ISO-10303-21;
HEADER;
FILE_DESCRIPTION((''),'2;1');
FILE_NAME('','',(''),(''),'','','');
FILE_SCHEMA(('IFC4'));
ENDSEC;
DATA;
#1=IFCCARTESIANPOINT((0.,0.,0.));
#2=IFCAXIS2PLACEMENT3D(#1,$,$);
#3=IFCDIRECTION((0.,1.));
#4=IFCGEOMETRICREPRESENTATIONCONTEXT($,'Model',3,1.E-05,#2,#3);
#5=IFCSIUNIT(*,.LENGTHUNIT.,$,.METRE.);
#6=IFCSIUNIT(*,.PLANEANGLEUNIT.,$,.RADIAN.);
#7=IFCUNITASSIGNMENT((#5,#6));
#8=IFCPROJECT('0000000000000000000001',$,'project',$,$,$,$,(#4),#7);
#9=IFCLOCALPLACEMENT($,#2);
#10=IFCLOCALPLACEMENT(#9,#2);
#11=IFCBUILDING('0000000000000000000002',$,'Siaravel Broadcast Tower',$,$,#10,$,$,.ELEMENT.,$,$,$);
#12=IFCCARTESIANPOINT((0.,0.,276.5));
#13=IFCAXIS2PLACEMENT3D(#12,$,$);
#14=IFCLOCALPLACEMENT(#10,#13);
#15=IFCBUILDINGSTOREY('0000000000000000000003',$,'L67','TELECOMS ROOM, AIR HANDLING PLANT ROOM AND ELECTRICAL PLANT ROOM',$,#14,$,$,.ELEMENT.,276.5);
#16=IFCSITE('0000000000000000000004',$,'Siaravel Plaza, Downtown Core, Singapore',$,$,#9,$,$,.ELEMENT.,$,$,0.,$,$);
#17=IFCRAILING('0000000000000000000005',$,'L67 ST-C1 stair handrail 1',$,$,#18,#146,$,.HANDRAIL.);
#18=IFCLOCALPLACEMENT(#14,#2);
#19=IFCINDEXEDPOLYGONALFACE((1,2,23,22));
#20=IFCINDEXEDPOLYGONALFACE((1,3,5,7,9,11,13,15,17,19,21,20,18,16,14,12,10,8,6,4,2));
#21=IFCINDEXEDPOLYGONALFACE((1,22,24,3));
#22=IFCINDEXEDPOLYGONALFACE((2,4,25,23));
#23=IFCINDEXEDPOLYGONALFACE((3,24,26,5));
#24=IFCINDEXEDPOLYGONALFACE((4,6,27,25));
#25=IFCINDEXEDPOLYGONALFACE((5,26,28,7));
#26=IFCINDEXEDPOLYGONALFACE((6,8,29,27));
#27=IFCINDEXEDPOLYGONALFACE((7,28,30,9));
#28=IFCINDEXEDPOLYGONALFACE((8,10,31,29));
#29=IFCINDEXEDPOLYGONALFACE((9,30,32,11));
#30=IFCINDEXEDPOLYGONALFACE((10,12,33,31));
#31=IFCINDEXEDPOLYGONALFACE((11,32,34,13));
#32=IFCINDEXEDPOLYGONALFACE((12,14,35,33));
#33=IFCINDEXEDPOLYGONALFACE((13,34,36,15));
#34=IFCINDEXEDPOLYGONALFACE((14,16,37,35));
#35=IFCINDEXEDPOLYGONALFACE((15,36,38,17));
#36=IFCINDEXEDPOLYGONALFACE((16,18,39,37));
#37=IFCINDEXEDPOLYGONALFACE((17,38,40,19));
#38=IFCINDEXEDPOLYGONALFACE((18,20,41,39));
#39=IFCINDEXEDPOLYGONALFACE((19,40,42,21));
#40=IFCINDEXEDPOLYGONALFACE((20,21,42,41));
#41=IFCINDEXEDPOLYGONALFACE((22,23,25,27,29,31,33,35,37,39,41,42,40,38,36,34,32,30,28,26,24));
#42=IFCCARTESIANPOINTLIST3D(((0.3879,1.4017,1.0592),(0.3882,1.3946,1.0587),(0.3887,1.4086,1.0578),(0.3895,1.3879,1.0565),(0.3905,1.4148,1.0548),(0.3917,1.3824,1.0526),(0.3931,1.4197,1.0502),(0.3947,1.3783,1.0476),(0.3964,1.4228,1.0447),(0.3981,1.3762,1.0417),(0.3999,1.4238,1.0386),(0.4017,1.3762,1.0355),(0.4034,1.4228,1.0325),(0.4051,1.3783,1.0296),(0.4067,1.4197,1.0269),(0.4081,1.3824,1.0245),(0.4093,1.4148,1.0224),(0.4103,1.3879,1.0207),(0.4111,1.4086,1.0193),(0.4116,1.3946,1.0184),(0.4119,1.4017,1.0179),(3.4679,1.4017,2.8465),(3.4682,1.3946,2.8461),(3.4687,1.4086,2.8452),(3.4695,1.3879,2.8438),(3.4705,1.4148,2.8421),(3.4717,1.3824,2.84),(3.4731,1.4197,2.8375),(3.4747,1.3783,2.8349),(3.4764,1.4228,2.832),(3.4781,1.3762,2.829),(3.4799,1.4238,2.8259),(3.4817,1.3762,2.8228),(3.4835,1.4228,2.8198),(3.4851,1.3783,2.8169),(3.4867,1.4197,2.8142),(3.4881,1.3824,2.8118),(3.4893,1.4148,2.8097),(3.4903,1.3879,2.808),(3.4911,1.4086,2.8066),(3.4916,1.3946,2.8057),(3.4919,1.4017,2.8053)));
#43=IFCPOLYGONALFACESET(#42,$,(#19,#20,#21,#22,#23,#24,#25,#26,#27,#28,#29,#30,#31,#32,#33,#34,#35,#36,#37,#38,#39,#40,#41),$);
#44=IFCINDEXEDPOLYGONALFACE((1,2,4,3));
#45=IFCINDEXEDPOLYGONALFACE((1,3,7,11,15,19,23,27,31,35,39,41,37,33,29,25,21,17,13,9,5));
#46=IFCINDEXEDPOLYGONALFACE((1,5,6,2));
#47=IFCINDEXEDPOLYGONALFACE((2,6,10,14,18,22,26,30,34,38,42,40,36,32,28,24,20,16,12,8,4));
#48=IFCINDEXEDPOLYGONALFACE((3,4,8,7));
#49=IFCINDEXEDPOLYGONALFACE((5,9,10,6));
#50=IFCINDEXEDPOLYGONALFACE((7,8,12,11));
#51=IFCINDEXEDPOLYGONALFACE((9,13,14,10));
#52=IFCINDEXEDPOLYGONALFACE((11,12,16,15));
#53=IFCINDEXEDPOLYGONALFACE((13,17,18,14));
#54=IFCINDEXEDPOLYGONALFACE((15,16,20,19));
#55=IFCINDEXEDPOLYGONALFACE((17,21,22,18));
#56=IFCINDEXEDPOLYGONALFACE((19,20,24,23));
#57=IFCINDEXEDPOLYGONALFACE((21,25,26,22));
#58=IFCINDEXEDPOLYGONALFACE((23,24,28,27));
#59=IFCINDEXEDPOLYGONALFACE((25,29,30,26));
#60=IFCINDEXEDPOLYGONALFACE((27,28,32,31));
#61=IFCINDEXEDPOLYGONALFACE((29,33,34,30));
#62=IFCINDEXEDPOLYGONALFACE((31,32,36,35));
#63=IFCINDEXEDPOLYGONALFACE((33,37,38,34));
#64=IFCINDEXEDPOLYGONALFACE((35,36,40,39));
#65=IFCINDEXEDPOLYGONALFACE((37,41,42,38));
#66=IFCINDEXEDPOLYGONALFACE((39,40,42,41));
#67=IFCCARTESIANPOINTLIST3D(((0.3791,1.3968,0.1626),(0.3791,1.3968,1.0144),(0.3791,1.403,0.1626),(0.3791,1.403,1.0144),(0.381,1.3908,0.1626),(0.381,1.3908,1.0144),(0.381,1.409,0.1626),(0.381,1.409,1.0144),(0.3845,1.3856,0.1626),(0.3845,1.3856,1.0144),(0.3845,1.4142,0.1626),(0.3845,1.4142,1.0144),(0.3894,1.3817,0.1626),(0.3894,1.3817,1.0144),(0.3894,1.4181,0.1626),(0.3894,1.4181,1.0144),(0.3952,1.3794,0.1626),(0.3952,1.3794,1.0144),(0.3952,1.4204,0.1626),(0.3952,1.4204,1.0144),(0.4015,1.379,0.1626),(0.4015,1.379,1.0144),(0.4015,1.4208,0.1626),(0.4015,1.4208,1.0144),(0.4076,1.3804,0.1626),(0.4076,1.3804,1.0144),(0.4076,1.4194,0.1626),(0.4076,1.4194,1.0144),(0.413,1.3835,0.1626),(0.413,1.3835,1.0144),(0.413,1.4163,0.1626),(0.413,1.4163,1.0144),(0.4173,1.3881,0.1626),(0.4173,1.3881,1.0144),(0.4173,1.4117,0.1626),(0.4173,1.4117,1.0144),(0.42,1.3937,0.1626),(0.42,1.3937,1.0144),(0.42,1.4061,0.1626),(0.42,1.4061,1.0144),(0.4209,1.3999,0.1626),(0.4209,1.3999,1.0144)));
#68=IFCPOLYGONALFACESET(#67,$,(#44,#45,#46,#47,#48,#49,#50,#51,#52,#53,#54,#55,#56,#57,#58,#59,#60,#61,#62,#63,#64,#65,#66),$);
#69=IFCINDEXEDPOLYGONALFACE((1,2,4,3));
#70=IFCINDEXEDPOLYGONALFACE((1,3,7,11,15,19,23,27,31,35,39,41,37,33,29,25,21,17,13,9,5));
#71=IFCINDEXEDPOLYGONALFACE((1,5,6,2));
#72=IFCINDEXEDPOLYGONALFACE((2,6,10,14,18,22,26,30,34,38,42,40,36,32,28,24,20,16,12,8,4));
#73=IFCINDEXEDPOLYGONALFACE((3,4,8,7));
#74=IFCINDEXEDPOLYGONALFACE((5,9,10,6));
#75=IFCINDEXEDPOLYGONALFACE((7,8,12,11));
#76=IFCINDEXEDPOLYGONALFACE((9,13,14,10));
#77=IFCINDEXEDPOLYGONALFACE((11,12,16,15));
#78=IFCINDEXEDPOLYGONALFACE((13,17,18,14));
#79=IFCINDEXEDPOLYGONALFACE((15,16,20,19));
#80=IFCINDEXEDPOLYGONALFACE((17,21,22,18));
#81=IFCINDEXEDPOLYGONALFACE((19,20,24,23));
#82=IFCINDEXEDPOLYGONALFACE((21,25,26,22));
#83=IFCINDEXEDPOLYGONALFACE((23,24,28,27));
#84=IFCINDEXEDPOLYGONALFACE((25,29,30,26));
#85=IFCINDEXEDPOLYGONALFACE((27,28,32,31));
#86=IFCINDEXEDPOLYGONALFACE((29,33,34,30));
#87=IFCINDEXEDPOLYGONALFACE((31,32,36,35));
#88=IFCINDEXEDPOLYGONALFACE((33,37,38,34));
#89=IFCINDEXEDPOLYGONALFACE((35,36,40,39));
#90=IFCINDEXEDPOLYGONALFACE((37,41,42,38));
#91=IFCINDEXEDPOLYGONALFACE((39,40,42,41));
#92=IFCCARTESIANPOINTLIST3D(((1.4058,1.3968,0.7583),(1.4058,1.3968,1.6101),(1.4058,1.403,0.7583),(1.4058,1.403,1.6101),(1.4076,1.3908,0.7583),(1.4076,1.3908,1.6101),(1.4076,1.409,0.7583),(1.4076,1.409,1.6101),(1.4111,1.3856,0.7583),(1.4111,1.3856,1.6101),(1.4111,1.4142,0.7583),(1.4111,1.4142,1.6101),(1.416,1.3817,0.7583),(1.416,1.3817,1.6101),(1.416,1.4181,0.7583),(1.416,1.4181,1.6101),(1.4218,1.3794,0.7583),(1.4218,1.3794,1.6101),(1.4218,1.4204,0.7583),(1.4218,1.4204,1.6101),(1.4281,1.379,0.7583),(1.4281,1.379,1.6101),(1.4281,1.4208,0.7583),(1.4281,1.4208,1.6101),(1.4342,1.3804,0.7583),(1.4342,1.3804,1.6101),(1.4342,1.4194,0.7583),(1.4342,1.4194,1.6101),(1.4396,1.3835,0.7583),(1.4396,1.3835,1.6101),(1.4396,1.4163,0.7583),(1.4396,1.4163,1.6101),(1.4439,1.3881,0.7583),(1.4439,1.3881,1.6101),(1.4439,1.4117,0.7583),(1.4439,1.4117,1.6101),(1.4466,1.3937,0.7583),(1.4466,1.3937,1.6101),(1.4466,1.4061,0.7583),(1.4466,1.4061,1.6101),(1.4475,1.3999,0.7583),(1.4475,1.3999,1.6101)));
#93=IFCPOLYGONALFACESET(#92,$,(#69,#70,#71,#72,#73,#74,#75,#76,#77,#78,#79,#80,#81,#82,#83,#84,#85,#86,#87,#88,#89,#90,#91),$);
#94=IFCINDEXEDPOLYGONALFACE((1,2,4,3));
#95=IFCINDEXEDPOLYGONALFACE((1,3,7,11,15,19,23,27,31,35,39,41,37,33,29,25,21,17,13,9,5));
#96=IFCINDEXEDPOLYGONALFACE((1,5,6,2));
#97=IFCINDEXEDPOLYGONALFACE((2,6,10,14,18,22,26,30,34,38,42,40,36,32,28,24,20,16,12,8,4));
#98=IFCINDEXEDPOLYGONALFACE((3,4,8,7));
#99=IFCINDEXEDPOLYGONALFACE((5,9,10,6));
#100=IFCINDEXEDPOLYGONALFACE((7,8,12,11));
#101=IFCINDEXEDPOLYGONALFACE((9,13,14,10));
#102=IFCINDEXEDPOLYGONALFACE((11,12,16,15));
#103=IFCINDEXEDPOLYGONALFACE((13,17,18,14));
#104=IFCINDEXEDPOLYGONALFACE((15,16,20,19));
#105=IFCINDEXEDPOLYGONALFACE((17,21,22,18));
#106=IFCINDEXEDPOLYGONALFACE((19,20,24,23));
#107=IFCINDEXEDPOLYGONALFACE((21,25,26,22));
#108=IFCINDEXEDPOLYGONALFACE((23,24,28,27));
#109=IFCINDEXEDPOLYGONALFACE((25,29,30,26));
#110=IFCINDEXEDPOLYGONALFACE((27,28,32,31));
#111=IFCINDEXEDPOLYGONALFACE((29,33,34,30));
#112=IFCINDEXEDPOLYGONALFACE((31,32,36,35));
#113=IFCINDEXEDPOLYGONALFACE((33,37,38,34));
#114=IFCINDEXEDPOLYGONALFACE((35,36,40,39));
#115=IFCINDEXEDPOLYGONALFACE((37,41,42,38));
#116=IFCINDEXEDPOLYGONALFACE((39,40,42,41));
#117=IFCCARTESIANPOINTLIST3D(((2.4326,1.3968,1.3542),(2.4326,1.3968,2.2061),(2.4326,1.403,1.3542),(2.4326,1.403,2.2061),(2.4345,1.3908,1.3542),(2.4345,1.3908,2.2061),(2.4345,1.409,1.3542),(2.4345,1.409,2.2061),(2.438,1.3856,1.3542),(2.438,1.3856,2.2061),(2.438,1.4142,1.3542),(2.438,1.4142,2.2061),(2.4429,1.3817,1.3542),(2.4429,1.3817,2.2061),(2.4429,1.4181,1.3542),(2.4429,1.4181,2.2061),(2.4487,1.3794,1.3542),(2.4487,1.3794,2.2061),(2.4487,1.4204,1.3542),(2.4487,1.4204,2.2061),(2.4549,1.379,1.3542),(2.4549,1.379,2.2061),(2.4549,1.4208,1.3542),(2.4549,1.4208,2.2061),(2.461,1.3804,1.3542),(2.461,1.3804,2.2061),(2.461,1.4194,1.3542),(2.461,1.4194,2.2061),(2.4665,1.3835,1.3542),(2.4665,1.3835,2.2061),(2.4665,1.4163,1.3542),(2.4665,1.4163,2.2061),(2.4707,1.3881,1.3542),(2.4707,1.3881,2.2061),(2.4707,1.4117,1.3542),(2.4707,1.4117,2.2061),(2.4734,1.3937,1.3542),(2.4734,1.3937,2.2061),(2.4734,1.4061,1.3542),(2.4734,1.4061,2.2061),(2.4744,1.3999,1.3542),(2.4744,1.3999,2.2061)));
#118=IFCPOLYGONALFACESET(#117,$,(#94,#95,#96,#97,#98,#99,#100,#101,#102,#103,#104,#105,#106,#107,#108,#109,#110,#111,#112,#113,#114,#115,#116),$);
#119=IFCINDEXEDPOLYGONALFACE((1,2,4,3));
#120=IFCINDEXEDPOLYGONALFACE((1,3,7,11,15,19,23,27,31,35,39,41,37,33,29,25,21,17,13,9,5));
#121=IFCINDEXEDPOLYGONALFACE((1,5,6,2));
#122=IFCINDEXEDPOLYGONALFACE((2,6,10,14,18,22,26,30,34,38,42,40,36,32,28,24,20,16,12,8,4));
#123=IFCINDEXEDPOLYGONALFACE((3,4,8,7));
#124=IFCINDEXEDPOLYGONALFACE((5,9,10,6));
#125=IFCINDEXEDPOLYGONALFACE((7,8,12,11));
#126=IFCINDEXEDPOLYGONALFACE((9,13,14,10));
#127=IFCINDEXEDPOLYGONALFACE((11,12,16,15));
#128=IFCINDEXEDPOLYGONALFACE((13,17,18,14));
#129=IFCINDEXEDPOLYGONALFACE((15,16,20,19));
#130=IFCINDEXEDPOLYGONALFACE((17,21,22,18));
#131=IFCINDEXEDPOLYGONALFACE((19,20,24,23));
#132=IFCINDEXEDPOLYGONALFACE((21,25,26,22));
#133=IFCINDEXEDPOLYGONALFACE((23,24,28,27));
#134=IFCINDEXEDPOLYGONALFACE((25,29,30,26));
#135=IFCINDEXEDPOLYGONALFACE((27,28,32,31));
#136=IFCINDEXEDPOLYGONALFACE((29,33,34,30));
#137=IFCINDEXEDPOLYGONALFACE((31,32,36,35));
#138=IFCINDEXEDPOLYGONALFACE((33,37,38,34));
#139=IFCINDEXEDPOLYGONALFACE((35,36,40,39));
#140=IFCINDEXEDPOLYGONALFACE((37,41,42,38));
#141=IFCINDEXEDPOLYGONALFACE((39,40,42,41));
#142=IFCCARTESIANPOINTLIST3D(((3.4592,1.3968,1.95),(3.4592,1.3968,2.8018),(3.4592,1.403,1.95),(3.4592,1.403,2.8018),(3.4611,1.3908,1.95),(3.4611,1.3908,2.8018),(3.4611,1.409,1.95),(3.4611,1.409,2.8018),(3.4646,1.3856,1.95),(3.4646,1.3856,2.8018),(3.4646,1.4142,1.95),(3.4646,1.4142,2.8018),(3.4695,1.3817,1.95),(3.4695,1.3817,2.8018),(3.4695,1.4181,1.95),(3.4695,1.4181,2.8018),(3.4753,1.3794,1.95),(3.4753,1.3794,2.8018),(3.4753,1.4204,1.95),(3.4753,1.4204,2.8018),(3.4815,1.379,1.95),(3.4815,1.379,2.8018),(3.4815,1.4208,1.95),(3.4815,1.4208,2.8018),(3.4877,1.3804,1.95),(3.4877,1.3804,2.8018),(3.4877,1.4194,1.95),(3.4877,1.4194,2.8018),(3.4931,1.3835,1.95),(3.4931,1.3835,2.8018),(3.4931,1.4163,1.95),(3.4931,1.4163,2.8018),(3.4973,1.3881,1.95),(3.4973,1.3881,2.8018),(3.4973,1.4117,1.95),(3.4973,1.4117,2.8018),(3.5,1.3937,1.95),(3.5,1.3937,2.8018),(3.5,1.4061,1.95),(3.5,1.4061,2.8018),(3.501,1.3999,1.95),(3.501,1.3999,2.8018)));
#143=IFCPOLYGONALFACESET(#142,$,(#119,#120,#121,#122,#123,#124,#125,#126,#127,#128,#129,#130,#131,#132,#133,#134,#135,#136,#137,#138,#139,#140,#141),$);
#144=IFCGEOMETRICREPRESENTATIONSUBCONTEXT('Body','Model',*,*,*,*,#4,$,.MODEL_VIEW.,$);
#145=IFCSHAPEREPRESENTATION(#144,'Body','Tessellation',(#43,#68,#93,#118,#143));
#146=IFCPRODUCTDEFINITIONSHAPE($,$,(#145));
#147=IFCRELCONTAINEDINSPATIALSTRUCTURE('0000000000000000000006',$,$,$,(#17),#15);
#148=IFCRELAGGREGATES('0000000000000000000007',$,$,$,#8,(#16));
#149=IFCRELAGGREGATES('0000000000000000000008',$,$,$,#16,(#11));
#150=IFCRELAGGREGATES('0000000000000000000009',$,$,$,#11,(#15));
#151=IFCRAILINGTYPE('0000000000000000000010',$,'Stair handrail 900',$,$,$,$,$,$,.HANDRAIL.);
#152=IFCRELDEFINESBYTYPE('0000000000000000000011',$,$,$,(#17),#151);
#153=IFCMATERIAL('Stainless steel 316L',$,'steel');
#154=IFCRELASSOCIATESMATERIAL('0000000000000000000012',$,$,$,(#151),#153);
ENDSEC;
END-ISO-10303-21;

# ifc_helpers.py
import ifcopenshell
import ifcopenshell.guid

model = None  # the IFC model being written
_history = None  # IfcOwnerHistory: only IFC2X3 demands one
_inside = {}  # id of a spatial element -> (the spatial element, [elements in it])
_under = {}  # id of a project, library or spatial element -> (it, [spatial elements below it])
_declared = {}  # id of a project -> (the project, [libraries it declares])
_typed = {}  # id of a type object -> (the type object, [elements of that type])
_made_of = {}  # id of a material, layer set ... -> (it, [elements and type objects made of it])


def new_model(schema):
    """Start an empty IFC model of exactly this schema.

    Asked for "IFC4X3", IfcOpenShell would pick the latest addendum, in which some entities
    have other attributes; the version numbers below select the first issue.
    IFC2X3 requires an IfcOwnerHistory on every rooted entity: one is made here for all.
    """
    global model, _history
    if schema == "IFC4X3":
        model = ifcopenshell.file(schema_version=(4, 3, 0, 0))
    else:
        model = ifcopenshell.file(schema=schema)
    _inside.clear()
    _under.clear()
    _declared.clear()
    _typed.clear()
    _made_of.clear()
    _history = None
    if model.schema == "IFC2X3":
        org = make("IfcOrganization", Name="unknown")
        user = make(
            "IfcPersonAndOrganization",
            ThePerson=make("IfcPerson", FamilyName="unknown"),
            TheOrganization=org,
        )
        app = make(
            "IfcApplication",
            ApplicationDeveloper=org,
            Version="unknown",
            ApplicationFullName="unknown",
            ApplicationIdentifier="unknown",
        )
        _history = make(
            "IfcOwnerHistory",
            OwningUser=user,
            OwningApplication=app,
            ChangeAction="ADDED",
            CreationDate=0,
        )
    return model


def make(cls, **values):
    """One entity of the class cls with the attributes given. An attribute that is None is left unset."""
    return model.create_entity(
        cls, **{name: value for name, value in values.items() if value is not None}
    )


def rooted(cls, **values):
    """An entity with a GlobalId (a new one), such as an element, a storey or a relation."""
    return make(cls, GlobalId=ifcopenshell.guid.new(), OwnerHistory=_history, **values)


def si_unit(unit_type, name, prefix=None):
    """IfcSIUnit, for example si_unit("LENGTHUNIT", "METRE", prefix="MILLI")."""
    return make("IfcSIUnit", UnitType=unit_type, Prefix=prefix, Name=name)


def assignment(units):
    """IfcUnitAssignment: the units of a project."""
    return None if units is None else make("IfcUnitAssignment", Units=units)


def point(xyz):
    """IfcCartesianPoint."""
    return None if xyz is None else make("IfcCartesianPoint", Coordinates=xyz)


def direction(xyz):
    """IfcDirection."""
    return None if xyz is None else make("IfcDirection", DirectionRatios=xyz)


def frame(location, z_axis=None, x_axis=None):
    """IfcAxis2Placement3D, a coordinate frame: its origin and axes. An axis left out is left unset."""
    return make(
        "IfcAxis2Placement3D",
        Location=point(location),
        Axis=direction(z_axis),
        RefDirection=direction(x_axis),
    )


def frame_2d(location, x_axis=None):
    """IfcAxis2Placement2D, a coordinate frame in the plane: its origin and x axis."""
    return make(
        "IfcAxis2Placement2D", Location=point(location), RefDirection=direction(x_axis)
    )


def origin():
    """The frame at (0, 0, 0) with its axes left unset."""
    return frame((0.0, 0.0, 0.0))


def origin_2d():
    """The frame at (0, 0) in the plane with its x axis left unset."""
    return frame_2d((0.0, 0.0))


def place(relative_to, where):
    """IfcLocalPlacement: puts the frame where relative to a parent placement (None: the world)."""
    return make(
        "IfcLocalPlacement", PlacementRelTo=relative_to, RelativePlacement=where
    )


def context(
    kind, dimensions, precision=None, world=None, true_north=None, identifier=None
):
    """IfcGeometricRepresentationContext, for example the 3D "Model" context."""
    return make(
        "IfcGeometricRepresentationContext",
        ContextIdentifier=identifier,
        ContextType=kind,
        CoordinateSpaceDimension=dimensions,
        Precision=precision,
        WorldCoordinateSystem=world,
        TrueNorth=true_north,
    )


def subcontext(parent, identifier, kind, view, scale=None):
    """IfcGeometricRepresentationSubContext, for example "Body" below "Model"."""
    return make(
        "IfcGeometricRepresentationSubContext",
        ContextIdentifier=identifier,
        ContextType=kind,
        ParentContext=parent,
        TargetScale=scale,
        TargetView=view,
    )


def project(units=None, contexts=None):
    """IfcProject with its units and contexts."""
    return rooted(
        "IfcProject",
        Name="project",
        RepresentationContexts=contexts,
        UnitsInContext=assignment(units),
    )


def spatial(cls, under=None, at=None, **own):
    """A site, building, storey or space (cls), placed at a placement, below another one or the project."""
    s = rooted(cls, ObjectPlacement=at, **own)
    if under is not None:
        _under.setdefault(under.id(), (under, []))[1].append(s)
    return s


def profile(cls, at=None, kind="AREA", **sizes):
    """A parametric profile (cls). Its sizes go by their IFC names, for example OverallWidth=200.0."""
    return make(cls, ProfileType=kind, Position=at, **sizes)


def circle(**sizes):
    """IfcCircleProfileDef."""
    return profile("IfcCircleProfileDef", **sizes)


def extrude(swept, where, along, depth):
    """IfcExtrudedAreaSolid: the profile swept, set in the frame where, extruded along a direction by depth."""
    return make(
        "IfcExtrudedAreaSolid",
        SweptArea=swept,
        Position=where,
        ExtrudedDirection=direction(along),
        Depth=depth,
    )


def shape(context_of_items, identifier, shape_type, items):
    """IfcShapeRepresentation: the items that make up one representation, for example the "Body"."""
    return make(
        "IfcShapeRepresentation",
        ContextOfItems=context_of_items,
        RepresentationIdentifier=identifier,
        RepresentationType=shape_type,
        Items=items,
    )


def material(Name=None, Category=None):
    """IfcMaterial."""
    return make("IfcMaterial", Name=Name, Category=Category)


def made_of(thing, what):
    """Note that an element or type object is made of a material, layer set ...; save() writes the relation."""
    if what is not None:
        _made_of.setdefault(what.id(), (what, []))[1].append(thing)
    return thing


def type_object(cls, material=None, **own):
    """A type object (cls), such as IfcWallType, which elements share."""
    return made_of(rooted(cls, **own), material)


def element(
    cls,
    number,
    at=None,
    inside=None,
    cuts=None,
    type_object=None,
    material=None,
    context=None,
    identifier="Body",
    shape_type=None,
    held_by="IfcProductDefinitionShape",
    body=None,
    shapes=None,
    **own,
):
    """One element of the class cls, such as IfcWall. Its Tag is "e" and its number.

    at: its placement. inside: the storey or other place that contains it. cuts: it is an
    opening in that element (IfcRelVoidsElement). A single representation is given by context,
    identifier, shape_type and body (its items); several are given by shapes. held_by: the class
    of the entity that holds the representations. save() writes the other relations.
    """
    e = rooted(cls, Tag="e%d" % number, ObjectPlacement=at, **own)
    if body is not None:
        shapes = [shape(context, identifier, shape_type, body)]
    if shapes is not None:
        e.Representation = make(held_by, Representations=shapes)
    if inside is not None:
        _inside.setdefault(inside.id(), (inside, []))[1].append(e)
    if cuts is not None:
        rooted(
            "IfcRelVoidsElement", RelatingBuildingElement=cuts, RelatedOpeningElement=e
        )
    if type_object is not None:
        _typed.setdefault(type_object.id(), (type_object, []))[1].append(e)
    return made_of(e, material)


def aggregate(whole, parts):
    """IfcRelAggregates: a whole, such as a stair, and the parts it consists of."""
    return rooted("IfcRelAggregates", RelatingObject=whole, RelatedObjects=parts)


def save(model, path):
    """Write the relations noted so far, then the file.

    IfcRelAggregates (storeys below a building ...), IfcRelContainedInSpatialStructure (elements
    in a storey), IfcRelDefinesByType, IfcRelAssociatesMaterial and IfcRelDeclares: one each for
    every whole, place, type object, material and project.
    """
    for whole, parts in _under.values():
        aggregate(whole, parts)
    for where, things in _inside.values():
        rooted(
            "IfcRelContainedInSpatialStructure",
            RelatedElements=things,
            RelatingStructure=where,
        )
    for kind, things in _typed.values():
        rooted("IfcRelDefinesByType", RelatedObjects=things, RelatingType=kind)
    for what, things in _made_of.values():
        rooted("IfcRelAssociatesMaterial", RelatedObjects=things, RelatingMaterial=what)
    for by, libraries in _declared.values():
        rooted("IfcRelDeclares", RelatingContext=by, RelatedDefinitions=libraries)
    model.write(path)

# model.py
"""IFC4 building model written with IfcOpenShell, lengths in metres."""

from ifc_helpers import new_model, si_unit, direction, frame, origin, origin_2d, place, context, subcontext, project, spatial, circle, extrude, material, type_object, element, save


model = new_model("IFC4")

# Units and contexts
model_context = context("Model", 3, precision=1e-05, world=origin(), true_north=direction((0.0, 1.0)))
body_context = subcontext(model_context, "Body", "Model", "MODEL_VIEW")
ifc_project = project(units=[si_unit("LENGTHUNIT", "METRE"), si_unit("PLANEANGLEUNIT", "RADIAN")], contexts=[model_context])

# Site, building, storey
site_placement = place(None, origin())
site = spatial("IfcSite", under=ifc_project, at=site_placement, Name="Siaravel Plaza, Downtown Core, Singapore", CompositionType="ELEMENT", RefElevation=0.0)
building_placement = place(site_placement, origin())
building = spatial("IfcBuilding", under=site, at=building_placement, Name="Siaravel Broadcast Tower", CompositionType="ELEMENT")
storey_placement = place(building_placement, frame((0.0, 0.0, 276.5)))
storey = spatial("IfcBuildingStorey", under=building, at=storey_placement, Name="L67", Description="TELECOMS ROOM, AIR HANDLING PLANT ROOM AND ELECTRICAL PLANT ROOM", CompositionType="ELEMENT", Elevation=276.5)

# Railing
ifc_material_1 = material(Name="Stainless steel 316L", Category="steel")
railing_type_1 = type_object("IfcRailingType", Name="Stair handrail 900", PredefinedType="HANDRAIL", material=ifc_material_1)
railing_1_placement = place(storey_placement, frame((0.3999, 1.3999, 0.1626)))
element("IfcRailing", 1, at=railing_1_placement, inside=storey, type_object=railing_type_1, Name="L67 ST-C1 stair handrail 1", PredefinedType="HANDRAIL", context=body_context, shape_type="SweptSolid", body=[
    extrude(circle(Radius=0.0239, at=origin_2d()), frame((0.0, 0.0, 0.876), z_axis=(0.86492, 0.0, 0.501909), x_axis=(0.0, 1.0, 0.0)), (0.0, 0.0, 1.0), 3.561),
    extrude(circle(Radius=0.021, at=origin_2d()), origin(), (0.0, 0.0, 1.0), 0.8518),
    extrude(circle(Radius=0.021, at=origin_2d()), frame((1.0266, 0.0, 0.5957)), (0.0, 0.0, 1.0), 0.8518),
    extrude(circle(Radius=0.021, at=origin_2d()), frame((2.0535, 0.0, 1.1917)), (0.0, 0.0, 1.0), 0.8518),
    extrude(circle(Radius=0.021, at=origin_2d()), frame((3.0801, 0.0, 1.7874)), (0.0, 0.0, 1.0), 0.8518),
])

save(model, "model.ifc")
